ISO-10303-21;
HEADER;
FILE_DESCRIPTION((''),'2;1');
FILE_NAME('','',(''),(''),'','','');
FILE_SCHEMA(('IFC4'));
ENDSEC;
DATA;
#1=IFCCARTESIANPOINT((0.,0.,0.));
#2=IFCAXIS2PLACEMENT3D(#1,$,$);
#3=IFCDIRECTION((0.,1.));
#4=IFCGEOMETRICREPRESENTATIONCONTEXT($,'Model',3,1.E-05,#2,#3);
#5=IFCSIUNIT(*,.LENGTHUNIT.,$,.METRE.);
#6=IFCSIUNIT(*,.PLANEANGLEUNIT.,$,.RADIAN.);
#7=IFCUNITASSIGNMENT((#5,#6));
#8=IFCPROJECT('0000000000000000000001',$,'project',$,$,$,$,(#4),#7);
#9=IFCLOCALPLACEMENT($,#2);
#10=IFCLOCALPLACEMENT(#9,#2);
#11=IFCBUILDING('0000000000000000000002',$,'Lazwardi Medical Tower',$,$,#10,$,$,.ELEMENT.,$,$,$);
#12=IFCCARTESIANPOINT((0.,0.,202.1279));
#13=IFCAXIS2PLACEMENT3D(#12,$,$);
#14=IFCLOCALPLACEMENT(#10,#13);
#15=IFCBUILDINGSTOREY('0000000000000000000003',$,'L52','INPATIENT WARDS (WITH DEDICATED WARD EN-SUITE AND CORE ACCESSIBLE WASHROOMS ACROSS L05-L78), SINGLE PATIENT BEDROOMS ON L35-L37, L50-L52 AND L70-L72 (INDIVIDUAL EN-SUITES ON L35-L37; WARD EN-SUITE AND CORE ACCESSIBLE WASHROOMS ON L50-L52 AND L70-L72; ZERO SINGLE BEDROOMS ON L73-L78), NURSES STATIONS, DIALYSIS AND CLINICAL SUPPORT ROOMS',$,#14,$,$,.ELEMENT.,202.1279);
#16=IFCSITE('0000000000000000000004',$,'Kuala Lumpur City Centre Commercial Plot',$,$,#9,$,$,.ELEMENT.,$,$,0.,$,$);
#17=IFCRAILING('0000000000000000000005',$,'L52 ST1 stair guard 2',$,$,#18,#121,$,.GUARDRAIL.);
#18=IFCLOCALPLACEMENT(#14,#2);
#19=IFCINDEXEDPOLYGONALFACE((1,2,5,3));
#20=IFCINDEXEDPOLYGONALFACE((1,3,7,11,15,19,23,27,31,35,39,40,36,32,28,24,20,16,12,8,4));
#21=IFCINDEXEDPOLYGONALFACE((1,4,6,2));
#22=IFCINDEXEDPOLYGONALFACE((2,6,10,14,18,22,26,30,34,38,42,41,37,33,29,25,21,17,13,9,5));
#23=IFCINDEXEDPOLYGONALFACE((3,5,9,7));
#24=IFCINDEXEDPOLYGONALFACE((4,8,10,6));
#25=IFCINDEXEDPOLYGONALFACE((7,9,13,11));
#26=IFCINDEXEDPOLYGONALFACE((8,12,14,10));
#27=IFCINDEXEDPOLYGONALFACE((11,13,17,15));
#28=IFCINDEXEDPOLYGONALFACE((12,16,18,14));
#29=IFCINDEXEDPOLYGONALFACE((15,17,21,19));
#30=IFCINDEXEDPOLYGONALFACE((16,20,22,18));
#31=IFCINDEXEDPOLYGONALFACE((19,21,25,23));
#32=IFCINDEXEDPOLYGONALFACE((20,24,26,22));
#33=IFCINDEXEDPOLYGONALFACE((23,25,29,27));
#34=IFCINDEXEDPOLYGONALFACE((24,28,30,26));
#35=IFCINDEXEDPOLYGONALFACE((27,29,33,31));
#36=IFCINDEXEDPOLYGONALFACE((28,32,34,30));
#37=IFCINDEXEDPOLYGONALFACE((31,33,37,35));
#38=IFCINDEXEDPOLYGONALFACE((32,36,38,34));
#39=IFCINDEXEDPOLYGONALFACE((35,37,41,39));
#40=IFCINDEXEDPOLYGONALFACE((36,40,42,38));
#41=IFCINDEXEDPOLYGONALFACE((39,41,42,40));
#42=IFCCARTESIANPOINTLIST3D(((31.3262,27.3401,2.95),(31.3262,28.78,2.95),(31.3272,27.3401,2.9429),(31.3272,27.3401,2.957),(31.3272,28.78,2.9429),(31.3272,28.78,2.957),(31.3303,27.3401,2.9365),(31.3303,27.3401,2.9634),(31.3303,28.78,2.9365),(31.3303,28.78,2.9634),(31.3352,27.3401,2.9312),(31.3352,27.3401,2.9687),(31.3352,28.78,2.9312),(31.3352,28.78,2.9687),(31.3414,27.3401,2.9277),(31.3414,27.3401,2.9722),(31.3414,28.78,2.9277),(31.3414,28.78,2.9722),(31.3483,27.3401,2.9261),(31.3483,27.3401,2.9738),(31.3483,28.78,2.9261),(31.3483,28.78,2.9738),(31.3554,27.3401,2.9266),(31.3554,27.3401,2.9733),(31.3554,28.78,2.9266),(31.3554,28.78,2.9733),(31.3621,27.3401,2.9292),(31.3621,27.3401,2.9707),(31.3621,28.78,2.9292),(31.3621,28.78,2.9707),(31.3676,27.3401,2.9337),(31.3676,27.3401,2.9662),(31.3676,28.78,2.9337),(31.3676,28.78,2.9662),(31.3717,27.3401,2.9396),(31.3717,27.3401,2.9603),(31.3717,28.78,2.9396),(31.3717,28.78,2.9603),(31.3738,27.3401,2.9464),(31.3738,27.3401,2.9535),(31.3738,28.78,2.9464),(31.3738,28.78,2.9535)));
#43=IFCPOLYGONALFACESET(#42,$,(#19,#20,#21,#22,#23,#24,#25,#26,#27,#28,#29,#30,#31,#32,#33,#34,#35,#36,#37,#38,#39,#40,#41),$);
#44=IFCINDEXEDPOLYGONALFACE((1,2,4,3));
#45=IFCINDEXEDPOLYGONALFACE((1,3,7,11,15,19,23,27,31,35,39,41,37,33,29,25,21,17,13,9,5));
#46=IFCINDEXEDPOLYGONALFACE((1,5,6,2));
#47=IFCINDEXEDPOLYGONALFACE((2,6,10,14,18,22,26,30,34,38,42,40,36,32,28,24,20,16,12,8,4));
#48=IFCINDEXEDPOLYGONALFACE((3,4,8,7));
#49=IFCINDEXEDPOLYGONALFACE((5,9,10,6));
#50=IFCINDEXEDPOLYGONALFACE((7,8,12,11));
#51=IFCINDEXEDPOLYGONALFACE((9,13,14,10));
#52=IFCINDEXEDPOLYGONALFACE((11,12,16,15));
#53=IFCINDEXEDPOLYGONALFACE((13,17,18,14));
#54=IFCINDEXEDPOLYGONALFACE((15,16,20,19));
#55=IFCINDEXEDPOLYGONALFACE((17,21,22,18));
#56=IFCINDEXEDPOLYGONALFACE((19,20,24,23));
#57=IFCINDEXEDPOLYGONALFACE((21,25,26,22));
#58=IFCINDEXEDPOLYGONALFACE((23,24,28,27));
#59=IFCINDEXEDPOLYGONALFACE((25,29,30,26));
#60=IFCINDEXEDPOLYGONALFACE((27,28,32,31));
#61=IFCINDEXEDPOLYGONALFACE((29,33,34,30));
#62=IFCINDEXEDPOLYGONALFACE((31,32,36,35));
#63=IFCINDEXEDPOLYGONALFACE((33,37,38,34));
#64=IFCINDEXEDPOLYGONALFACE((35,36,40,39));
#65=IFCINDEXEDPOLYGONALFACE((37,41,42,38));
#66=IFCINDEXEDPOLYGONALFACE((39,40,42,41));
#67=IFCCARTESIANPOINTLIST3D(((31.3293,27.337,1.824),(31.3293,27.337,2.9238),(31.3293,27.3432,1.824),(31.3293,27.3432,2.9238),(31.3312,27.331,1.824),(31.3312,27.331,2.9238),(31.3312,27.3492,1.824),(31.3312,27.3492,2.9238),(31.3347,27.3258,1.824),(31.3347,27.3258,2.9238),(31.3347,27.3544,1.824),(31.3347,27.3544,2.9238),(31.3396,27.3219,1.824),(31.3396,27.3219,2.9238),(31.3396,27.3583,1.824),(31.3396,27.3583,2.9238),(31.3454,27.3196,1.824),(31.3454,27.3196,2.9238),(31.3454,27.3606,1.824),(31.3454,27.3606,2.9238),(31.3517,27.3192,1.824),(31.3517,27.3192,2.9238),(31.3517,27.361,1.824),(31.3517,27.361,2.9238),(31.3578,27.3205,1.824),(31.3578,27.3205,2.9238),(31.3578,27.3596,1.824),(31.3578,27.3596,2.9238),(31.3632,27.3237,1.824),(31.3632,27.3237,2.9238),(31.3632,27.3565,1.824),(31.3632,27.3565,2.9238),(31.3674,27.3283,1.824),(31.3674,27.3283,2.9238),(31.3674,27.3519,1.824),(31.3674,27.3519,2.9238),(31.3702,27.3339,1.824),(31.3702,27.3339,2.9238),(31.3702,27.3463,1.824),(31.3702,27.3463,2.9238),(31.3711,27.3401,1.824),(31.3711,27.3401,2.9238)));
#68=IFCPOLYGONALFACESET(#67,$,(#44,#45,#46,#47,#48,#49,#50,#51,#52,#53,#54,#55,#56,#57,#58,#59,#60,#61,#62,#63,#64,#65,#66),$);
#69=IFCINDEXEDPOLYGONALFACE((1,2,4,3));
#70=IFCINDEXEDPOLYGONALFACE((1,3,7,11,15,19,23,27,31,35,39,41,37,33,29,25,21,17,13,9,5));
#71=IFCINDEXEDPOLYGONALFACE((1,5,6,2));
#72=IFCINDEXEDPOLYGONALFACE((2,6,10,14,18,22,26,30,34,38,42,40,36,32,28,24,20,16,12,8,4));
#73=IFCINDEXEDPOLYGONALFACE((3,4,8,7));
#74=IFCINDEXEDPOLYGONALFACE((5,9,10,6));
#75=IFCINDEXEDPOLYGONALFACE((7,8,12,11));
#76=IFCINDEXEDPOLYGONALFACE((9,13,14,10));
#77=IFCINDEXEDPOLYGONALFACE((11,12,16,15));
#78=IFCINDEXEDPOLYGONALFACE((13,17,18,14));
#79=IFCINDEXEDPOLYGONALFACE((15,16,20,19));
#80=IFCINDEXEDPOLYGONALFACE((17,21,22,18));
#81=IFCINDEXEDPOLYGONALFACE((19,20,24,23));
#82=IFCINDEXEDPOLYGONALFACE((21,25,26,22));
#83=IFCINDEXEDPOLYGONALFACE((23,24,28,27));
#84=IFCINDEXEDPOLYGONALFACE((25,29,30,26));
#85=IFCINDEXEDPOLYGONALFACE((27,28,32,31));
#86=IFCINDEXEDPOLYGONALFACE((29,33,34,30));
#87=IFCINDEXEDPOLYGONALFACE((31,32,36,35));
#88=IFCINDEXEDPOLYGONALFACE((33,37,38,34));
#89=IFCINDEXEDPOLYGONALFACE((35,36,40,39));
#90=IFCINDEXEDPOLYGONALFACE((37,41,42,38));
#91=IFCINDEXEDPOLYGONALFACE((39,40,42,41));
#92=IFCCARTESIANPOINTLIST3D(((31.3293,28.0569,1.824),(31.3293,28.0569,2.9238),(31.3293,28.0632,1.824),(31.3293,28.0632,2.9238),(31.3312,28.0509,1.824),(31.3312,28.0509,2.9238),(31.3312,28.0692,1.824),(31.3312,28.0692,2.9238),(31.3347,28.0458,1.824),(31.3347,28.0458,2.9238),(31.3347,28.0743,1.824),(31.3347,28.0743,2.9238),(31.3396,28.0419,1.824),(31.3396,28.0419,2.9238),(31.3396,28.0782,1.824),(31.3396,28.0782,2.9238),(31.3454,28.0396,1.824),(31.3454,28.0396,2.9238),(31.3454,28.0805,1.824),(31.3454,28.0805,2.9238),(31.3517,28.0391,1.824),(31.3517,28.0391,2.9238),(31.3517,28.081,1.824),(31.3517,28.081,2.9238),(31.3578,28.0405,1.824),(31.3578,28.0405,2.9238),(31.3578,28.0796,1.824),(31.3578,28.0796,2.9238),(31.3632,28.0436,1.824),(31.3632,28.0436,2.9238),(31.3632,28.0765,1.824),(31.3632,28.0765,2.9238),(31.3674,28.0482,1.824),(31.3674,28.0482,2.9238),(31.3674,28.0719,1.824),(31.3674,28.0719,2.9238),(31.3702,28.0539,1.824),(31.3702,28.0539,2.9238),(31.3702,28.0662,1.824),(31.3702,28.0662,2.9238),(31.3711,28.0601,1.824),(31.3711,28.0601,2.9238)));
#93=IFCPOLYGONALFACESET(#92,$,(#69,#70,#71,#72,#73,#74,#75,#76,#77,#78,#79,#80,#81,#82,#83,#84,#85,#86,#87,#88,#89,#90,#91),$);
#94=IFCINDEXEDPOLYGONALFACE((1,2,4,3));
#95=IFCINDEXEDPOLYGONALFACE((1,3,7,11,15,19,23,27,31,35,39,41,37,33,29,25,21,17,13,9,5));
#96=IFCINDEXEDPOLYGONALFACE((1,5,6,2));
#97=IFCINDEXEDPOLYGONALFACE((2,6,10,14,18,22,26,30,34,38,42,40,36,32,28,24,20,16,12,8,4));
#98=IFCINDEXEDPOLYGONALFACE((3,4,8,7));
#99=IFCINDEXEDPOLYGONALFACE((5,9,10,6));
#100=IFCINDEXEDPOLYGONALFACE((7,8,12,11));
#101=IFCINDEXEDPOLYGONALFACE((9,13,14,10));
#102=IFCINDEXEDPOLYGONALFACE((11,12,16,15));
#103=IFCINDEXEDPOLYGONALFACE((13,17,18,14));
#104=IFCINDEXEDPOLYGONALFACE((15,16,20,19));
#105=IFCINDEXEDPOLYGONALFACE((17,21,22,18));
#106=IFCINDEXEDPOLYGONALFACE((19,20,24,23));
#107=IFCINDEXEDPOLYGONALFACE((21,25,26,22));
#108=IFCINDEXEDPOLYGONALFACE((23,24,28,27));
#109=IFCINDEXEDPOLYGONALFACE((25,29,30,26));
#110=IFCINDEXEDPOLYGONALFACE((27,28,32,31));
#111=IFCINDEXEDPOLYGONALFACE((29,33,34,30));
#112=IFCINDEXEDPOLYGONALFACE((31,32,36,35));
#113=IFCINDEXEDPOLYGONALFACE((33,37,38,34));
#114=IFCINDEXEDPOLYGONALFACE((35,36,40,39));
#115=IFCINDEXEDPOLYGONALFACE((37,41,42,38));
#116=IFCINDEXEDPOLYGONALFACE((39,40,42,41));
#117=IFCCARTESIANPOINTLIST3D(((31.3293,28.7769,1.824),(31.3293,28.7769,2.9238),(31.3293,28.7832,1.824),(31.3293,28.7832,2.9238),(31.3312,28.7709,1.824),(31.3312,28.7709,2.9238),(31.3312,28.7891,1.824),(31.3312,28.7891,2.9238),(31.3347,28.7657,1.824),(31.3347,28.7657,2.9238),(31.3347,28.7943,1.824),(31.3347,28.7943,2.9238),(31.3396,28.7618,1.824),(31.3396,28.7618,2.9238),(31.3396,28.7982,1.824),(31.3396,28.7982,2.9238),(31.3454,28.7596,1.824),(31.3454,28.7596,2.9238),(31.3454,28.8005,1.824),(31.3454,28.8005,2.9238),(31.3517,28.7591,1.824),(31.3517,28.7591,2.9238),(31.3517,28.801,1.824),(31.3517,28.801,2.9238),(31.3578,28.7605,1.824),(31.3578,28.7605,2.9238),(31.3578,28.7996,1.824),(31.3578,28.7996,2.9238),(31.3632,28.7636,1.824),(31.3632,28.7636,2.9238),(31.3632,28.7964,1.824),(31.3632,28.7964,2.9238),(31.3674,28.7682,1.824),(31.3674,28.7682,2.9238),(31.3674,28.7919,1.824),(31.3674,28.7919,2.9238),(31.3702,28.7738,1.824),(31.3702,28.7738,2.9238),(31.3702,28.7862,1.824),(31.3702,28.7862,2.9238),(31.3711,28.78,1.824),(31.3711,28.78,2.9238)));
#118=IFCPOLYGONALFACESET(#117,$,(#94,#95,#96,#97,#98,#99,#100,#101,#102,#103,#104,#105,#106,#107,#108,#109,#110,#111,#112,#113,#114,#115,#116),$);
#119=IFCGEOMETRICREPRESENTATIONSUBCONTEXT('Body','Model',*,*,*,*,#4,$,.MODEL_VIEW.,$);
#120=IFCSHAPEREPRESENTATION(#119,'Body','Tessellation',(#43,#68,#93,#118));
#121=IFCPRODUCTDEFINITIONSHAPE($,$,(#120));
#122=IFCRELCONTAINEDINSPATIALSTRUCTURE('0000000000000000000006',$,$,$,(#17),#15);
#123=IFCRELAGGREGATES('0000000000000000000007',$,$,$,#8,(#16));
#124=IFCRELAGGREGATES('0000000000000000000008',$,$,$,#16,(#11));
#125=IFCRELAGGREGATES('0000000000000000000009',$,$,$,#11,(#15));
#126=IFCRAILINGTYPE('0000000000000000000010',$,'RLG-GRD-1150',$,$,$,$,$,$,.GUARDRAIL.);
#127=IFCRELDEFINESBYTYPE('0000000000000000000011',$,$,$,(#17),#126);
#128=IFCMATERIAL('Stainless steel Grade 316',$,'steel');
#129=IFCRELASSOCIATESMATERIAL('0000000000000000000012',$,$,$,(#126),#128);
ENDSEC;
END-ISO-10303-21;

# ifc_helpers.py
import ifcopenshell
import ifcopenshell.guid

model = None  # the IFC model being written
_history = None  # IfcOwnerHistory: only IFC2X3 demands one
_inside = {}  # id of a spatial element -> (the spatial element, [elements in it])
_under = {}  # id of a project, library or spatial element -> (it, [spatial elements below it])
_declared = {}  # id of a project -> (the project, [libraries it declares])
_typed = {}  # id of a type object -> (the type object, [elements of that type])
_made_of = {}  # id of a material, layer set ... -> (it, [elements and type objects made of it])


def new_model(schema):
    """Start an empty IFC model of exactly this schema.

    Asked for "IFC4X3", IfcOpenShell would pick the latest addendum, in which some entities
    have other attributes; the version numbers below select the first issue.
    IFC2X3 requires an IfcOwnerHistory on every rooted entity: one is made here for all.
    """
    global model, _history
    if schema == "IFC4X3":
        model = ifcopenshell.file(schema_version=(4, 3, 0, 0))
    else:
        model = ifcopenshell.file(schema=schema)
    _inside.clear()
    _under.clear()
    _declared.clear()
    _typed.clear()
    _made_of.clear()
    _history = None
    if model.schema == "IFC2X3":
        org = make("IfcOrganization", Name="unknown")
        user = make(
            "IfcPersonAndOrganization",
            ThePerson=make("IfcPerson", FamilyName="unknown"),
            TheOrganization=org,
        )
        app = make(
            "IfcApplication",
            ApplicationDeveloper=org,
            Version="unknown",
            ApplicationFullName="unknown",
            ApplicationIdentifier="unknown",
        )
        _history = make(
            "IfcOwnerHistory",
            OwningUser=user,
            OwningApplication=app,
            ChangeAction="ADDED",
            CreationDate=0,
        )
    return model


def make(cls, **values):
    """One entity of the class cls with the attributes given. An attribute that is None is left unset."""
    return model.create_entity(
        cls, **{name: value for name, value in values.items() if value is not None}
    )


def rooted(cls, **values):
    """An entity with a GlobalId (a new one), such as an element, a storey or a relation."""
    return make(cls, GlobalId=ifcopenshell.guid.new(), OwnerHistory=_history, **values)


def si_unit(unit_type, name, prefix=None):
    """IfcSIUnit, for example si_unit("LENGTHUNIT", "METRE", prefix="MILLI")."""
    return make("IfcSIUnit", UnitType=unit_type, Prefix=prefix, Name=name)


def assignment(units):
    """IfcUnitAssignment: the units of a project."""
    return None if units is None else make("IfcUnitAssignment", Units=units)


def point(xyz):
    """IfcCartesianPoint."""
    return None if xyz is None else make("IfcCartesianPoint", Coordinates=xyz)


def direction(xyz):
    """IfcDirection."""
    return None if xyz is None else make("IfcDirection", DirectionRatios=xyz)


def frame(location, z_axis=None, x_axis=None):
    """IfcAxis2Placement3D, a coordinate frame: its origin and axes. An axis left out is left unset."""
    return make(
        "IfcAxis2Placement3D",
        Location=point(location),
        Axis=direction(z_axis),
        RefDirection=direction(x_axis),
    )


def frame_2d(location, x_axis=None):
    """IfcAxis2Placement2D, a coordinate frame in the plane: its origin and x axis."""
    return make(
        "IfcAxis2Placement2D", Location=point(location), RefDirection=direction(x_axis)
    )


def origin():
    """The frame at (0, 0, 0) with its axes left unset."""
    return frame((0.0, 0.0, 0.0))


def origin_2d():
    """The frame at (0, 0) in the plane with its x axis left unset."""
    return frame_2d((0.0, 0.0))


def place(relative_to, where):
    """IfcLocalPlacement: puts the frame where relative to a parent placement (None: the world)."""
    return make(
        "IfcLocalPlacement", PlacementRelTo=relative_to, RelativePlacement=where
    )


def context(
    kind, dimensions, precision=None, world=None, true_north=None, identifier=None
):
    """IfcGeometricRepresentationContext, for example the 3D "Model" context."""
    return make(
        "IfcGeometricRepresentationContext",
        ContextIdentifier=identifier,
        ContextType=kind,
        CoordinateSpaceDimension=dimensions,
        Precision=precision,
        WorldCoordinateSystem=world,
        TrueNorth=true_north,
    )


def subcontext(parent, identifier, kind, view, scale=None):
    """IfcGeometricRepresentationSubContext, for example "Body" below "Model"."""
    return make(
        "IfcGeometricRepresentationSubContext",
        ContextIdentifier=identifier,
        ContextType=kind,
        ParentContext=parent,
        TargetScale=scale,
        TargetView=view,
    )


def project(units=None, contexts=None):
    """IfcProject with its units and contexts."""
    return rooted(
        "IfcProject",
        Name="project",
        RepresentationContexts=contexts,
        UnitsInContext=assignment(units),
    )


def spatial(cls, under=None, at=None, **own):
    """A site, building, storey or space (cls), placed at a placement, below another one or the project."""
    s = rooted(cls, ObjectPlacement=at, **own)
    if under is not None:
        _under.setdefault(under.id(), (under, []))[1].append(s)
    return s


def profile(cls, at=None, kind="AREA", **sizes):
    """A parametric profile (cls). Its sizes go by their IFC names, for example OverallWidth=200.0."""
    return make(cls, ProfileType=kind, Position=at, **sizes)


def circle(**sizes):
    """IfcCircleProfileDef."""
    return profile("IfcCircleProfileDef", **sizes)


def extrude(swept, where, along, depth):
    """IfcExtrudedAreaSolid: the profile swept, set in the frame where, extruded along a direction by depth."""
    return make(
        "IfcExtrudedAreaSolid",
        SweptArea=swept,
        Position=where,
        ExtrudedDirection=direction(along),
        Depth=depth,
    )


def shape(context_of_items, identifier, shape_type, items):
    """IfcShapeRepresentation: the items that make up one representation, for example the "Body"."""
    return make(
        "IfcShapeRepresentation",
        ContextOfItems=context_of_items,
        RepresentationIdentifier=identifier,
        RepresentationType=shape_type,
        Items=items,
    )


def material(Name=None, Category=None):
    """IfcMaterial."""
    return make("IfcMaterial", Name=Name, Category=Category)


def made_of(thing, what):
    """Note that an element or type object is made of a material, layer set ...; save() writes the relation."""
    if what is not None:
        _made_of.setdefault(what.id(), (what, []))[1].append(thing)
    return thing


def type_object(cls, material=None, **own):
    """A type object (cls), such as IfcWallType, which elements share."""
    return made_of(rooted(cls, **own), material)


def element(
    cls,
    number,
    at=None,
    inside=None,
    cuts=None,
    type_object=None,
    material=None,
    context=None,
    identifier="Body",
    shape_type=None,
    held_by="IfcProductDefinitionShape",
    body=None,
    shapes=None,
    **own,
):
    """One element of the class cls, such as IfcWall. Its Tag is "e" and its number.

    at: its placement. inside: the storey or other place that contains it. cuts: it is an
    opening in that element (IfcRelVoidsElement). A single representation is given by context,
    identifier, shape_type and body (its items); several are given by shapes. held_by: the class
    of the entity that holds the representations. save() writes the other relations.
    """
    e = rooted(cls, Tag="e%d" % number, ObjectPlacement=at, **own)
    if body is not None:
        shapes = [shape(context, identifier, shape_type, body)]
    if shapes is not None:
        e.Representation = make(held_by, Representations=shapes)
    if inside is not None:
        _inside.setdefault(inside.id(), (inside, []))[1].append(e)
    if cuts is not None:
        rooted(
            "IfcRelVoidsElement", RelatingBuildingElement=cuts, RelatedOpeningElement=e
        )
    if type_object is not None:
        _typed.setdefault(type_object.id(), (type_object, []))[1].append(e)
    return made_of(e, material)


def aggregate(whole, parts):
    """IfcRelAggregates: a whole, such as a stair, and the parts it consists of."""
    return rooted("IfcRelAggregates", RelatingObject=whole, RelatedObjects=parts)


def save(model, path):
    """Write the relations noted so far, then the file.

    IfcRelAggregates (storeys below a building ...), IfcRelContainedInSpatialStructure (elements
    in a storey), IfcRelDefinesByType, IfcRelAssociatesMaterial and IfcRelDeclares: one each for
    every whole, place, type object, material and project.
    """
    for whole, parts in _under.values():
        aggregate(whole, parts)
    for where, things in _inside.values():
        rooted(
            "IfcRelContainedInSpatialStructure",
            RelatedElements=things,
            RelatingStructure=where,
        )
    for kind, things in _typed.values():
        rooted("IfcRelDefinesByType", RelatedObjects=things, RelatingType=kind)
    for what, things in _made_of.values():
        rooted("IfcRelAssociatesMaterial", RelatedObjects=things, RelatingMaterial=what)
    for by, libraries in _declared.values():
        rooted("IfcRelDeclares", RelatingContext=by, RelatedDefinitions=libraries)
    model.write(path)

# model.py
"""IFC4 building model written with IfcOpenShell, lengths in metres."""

from ifc_helpers import new_model, si_unit, direction, frame, origin, origin_2d, place, context, subcontext, project, spatial, circle, extrude, material, type_object, element, save


model = new_model("IFC4")

# Units and contexts
model_context = context("Model", 3, precision=1e-05, world=origin(), true_north=direction((0.0, 1.0)))
body_context = subcontext(model_context, "Body", "Model", "MODEL_VIEW")
ifc_project = project(units=[si_unit("LENGTHUNIT", "METRE"), si_unit("PLANEANGLEUNIT", "RADIAN")], contexts=[model_context])

# Site, building, storey
site_placement = place(None, origin())
site = spatial("IfcSite", under=ifc_project, at=site_placement, Name="Kuala Lumpur City Centre Commercial Plot", CompositionType="ELEMENT", RefElevation=0.0)
building_placement = place(site_placement, origin())
building = spatial("IfcBuilding", under=site, at=building_placement, Name="Lazwardi Medical Tower", CompositionType="ELEMENT")
storey_placement = place(building_placement, frame((0.0, 0.0, 202.1279)))
storey = spatial("IfcBuildingStorey", under=building, at=storey_placement, Name="L52", Description="INPATIENT WARDS (WITH DEDICATED WARD EN-SUITE AND CORE ACCESSIBLE WASHROOMS ACROSS L05-L78), SINGLE PATIENT BEDROOMS ON L35-L37, L50-L52 AND L70-L72 (INDIVIDUAL EN-SUITES ON L35-L37; WARD EN-SUITE AND CORE ACCESSIBLE WASHROOMS ON L50-L52 AND L70-L72; ZERO SINGLE BEDROOMS ON L73-L78), NURSES STATIONS, DIALYSIS AND CLINICAL SUPPORT ROOMS", CompositionType="ELEMENT", Elevation=202.1279)

# Railing
ifc_material_1 = material(Name="Stainless steel Grade 316", Category="steel")
railing_type_1 = type_object("IfcRailingType", Name="RLG-GRD-1150", PredefinedType="GUARDRAIL", material=ifc_material_1)
railing_1_placement = place(storey_placement, frame((31.3501, 27.3401, 1.824)))
element("IfcRailing", 1, at=railing_1_placement, inside=storey, type_object=railing_type_1, Name="L52 ST1 stair guard 2", PredefinedType="GUARDRAIL", context=body_context, shape_type="SweptSolid", body=[
    extrude(circle(Radius=0.0239, at=origin_2d()), frame((0.0, 0.0, 1.126), z_axis=(0.0, 1.0, 0.0), x_axis=(-1.0, 0.0, 0.0)), (0.0, 0.0, 1.0), 1.4399),
    extrude(circle(Radius=0.021, at=origin_2d()), origin(), (0.0, 0.0, 1.0), 1.0999),
    extrude(circle(Radius=0.021, at=origin_2d()), frame((0.0, 0.72, 0.0)), (0.0, 0.0, 1.0), 1.0999),
    extrude(circle(Radius=0.021, at=origin_2d()), frame((0.0, 1.4399, 0.0)), (0.0, 0.0, 1.0), 1.0999),
])

save(model, "model.ifc")
